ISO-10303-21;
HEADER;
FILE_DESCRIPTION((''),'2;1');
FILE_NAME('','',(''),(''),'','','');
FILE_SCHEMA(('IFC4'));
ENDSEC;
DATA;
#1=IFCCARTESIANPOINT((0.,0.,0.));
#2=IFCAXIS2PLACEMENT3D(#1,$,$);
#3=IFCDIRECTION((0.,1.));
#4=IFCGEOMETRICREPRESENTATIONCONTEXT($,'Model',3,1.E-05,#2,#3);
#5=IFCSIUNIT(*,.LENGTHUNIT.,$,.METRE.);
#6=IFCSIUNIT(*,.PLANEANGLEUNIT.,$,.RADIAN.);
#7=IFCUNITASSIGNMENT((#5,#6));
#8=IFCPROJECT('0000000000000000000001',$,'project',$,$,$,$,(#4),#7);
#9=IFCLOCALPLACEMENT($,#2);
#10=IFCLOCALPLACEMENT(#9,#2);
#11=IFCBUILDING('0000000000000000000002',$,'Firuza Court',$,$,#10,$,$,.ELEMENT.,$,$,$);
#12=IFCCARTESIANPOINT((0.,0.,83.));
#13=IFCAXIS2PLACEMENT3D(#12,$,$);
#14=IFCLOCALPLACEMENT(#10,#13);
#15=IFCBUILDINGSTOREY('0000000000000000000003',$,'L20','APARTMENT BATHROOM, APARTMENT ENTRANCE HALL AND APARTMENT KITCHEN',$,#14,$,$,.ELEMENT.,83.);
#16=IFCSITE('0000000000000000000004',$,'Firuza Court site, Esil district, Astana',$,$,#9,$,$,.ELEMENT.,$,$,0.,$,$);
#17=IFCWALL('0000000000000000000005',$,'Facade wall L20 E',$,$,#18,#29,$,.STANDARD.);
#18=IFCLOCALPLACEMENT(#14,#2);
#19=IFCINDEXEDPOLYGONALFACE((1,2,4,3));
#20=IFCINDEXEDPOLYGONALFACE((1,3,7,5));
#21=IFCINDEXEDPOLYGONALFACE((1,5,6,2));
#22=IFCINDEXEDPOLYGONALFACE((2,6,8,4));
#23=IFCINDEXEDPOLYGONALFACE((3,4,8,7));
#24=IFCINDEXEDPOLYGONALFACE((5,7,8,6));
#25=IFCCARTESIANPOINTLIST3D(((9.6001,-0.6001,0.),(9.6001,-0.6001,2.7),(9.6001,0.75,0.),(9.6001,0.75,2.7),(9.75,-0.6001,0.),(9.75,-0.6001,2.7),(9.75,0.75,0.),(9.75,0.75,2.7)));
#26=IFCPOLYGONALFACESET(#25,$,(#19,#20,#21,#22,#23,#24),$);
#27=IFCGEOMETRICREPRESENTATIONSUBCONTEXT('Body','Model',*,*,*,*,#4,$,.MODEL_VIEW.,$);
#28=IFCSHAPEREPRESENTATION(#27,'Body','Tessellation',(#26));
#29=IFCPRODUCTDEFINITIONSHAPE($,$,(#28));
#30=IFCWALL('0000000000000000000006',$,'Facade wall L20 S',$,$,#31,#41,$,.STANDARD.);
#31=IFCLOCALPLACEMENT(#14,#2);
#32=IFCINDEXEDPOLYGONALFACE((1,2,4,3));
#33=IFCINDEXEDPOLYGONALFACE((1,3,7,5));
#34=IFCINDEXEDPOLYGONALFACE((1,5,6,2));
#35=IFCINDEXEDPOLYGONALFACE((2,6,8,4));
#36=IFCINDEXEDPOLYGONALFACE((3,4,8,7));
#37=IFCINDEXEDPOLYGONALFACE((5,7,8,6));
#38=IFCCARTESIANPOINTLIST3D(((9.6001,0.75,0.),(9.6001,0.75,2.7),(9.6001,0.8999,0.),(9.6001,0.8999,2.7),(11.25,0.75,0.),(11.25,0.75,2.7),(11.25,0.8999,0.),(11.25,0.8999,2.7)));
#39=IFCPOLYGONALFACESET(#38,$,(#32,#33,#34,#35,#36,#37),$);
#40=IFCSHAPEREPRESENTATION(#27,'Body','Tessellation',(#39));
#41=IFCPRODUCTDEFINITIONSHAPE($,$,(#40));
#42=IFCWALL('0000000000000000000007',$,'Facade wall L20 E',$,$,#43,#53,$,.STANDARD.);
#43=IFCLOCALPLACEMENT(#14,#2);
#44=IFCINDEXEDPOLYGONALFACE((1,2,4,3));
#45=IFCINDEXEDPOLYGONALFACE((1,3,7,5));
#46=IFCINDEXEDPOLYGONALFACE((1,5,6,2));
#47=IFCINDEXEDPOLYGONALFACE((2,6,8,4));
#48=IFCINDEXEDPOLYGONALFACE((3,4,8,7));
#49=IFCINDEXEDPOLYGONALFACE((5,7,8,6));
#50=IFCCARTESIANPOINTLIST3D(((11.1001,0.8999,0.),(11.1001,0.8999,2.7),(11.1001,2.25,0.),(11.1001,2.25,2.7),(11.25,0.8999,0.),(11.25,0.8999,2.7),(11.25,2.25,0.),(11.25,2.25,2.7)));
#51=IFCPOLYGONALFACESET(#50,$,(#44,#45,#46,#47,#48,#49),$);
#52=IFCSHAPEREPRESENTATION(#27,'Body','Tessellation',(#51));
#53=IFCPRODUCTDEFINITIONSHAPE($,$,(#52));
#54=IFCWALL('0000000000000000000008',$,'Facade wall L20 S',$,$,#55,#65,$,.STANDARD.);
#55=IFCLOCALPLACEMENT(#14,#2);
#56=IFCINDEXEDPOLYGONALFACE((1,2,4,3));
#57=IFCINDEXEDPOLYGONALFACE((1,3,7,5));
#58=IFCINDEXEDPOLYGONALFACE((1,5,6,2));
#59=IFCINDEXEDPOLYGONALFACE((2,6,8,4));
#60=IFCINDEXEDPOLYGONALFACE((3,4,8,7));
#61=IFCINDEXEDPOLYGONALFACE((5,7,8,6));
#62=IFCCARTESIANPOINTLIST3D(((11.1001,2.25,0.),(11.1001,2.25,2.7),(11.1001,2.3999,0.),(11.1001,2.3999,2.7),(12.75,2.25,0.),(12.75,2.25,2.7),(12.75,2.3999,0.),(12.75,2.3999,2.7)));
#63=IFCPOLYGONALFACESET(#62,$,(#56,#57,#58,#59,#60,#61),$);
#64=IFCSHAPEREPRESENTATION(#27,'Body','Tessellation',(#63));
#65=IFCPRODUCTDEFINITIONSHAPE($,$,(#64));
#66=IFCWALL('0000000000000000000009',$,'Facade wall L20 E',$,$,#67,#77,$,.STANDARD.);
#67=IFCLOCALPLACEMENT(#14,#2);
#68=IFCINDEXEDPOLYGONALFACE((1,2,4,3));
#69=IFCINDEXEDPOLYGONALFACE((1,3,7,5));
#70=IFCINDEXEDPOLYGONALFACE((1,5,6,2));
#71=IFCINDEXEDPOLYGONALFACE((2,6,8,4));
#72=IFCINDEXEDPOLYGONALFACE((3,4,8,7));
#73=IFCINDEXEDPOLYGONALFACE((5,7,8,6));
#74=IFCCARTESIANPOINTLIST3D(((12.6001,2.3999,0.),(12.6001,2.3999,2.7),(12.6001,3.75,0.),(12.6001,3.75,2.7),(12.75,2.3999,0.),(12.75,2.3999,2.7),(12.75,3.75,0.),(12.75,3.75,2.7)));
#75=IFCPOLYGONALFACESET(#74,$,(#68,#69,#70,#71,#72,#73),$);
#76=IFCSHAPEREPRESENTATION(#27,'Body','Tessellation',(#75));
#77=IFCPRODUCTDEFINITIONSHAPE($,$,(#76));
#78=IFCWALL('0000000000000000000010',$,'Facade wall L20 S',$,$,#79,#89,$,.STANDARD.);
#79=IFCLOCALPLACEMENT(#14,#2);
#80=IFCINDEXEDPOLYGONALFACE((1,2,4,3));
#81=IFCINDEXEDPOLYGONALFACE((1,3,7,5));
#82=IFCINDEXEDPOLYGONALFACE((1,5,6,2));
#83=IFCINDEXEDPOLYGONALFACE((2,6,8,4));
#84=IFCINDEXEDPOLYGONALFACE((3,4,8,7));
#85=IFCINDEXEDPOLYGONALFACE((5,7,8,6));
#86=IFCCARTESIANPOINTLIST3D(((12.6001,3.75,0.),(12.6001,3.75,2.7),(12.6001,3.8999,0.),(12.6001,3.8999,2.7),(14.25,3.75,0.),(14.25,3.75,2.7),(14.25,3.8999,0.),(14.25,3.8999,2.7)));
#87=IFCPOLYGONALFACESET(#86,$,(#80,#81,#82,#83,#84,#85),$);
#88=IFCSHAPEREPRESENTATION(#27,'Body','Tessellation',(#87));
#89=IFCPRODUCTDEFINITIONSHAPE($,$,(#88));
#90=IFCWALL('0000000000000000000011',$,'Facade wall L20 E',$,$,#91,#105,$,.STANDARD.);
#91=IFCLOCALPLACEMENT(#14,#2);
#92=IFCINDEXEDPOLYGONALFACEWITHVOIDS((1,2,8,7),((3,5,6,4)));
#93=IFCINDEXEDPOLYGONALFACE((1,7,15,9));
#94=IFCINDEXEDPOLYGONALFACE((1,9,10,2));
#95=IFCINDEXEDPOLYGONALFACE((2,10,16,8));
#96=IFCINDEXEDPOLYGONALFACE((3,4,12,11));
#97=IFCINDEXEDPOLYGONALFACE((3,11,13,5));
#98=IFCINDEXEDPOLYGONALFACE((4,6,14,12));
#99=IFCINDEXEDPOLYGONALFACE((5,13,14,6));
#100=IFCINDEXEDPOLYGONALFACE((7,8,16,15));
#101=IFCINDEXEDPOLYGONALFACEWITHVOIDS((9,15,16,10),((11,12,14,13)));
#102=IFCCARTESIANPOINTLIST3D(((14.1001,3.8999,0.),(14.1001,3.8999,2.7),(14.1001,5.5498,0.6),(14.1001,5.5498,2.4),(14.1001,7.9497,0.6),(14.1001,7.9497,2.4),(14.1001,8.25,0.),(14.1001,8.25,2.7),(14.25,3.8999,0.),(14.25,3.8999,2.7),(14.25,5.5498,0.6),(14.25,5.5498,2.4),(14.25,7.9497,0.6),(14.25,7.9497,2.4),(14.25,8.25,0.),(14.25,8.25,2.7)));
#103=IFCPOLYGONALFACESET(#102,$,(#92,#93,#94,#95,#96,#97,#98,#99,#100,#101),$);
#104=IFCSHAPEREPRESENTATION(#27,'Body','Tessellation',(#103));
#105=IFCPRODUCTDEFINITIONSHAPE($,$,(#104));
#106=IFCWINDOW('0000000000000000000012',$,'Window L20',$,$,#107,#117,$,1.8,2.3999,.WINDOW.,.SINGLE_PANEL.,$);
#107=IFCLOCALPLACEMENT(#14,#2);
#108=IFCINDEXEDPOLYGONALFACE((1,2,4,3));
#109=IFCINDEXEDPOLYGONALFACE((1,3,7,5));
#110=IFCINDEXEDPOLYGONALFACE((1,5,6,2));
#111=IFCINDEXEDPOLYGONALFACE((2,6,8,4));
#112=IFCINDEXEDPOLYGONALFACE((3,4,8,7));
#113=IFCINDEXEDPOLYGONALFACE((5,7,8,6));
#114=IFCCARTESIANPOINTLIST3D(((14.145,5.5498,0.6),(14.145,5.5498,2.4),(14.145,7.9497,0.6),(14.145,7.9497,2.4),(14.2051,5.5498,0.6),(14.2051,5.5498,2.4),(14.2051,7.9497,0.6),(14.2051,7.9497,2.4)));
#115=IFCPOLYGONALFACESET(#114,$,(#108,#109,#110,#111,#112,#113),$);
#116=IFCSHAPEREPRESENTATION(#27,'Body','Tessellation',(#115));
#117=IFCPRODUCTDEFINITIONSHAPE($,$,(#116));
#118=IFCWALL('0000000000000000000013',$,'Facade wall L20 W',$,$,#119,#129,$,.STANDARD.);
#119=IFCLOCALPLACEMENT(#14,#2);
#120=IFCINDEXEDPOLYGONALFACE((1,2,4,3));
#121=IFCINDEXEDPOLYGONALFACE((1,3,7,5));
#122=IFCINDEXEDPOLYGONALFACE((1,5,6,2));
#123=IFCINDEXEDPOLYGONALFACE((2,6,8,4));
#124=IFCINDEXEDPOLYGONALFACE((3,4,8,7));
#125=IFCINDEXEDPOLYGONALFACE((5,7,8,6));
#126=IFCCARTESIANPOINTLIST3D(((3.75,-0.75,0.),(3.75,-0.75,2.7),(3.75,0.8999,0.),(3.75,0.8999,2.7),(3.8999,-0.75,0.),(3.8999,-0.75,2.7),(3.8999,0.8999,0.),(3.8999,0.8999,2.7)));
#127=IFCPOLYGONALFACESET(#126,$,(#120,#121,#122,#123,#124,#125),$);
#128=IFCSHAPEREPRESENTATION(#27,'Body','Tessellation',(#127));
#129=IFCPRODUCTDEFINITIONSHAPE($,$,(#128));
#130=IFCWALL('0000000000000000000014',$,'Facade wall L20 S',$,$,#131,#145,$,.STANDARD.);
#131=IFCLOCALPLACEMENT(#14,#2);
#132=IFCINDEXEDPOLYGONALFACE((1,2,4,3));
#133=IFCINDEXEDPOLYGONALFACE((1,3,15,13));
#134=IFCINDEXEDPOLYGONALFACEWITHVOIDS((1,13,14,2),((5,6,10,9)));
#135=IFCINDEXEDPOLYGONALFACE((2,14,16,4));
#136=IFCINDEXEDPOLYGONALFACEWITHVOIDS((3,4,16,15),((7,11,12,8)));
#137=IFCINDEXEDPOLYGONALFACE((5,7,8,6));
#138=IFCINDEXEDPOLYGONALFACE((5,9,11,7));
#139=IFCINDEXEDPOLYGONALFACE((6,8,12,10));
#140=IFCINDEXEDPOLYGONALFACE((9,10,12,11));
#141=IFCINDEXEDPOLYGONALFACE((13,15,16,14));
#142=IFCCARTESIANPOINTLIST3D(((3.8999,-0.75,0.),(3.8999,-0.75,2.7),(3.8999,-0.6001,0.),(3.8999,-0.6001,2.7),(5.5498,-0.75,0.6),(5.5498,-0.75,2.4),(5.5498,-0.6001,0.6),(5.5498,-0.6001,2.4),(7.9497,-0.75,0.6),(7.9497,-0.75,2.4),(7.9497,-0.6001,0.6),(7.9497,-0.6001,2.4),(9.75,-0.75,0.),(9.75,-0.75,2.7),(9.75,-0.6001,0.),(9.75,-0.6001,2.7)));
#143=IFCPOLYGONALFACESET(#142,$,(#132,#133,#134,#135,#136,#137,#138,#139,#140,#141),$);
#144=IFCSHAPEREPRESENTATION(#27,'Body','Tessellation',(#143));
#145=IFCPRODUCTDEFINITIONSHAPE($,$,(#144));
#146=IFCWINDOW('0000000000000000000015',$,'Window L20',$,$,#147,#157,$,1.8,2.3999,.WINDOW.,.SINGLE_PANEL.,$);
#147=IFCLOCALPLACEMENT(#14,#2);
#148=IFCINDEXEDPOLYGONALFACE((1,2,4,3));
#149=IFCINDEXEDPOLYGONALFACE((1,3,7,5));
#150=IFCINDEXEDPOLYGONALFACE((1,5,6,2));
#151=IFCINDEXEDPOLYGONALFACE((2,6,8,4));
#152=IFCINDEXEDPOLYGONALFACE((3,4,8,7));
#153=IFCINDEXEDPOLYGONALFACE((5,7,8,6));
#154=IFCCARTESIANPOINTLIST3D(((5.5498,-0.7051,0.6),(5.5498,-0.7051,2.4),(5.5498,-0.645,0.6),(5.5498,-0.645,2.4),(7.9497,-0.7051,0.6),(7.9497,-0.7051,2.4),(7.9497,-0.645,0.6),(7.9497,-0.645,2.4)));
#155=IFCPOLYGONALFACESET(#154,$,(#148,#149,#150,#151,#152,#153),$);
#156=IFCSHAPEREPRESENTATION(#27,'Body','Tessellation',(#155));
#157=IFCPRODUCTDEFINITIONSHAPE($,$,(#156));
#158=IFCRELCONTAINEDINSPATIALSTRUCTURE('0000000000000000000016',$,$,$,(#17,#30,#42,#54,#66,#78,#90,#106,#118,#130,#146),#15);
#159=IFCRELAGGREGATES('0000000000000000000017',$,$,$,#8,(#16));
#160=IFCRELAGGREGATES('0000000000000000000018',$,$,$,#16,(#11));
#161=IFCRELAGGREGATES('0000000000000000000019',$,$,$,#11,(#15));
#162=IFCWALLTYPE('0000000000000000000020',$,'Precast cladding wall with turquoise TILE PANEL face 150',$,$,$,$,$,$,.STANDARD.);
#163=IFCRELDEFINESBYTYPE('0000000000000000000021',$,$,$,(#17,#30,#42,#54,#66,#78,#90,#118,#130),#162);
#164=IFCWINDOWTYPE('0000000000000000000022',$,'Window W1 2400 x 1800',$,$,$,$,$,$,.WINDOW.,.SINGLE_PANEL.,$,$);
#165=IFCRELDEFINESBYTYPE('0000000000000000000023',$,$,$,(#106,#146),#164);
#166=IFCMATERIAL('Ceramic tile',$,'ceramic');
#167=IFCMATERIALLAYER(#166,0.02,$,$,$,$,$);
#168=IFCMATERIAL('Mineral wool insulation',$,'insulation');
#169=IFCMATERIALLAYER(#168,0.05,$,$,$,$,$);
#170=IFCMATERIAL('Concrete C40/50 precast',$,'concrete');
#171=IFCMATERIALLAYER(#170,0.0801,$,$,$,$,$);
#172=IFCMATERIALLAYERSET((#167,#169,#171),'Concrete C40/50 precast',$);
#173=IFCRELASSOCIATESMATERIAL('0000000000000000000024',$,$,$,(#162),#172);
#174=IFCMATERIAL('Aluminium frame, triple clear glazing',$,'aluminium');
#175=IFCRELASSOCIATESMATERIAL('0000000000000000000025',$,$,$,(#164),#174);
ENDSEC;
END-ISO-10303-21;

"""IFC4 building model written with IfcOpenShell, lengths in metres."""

from ifc_helpers import new_model, si_unit, direction, frame, frame_2d, origin, place, context, subcontext, project, spatial, rectangle, extrude, material, layer, layer_set, type_object, element, fill, save


model = new_model("IFC4")

# Units and contexts
model_context = context("Model", 3, precision=1e-05, world=origin(), true_north=direction((0.0, 1.0)))
body_context = subcontext(model_context, "Body", "Model", "MODEL_VIEW")
ifc_project = project(units=[si_unit("LENGTHUNIT", "METRE"), si_unit("PLANEANGLEUNIT", "RADIAN")], contexts=[model_context])

# Site, building, storey
site_placement = place(None, origin())
site = spatial("IfcSite", under=ifc_project, at=site_placement, Name="Firuza Court site, Esil district, Astana", CompositionType="ELEMENT", RefElevation=0.0)
building_placement = place(site_placement, origin())
building = spatial("IfcBuilding", under=site, at=building_placement, Name="Firuza Court", CompositionType="ELEMENT")
storey_placement = place(building_placement, frame((0.0, 0.0, 83.0)))
storey = spatial("IfcBuildingStorey", under=building, at=storey_placement, Name="L20", Description="APARTMENT BATHROOM, APARTMENT ENTRANCE HALL AND APARTMENT KITCHEN", CompositionType="ELEMENT", Elevation=83.0)

# Walls
ifc_material_1 = material(Name="Ceramic tile", Category="ceramic")
ifc_layer_1 = layer(ifc_material_1, 0.02)
ifc_material_2 = material(Name="Mineral wool insulation", Category="insulation")
ifc_layer_2 = layer(ifc_material_2, 0.05)
ifc_material_3 = material(Name="Concrete C40/50 precast", Category="concrete")
ifc_layer_3 = layer(ifc_material_3, 0.0801)
ifc_layer_set_1 = layer_set([ifc_layer_1, ifc_layer_2, ifc_layer_3], Name="Concrete C40/50 precast")
wall_type_1 = type_object("IfcWallType", Name="Precast cladding wall with turquoise TILE PANEL face 150", PredefinedType="STANDARD", material=ifc_layer_set_1)
wall_1_placement = place(storey_placement, frame((9.675, -0.6001, 0.0), z_axis=(0.0, 0.0, 1.0), x_axis=(0.0, 1.0, 0.0)))
element("IfcWall", 1, at=wall_1_placement, inside=storey, type_object=wall_type_1, Name="Facade wall L20 E", PredefinedType="STANDARD", context=body_context, shape_type="SweptSolid", body=[
    extrude(rectangle(XDim=1.3501, YDim=0.1499, at=frame_2d((0.675, 0.0))), origin(), (0.0, 0.0, 1.0), 2.7),
])
wall_2_placement = place(storey_placement, frame((9.6001, 0.825, 0.0), z_axis=(0.0, 0.0, 1.0), x_axis=(1.0, 0.0, 0.0)))
element("IfcWall", 2, at=wall_2_placement, inside=storey, type_object=wall_type_1, Name="Facade wall L20 S", PredefinedType="STANDARD", context=body_context, shape_type="SweptSolid", body=[
    extrude(rectangle(XDim=1.6499, YDim=0.1499, at=frame_2d((0.825, 0.0))), origin(), (0.0, 0.0, 1.0), 2.7),
])
wall_3_placement = place(storey_placement, frame((11.175, 0.8999, 0.0), z_axis=(0.0, 0.0, 1.0), x_axis=(0.0, 1.0, 0.0)))
element("IfcWall", 3, at=wall_3_placement, inside=storey, type_object=wall_type_1, Name="Facade wall L20 E", PredefinedType="STANDARD", context=body_context, shape_type="SweptSolid", body=[
    extrude(rectangle(XDim=1.3501, YDim=0.1499, at=frame_2d((0.675, 0.0))), origin(), (0.0, 0.0, 1.0), 2.7),
])
wall_4_placement = place(storey_placement, frame((11.1001, 2.325, 0.0), z_axis=(0.0, 0.0, 1.0), x_axis=(1.0, 0.0, 0.0)))
element("IfcWall", 4, at=wall_4_placement, inside=storey, type_object=wall_type_1, Name="Facade wall L20 S", PredefinedType="STANDARD", context=body_context, shape_type="SweptSolid", body=[
    extrude(rectangle(XDim=1.6499, YDim=0.1499, at=frame_2d((0.825, 0.0))), origin(), (0.0, 0.0, 1.0), 2.7),
])
wall_5_placement = place(storey_placement, frame((12.675, 2.3999, 0.0), z_axis=(0.0, 0.0, 1.0), x_axis=(0.0, 1.0, 0.0)))
element("IfcWall", 5, at=wall_5_placement, inside=storey, type_object=wall_type_1, Name="Facade wall L20 E", PredefinedType="STANDARD", context=body_context, shape_type="SweptSolid", body=[
    extrude(rectangle(XDim=1.3501, YDim=0.1499, at=frame_2d((0.675, 0.0))), origin(), (0.0, 0.0, 1.0), 2.7),
])
wall_6_placement = place(storey_placement, frame((12.6001, 3.825, 0.0), z_axis=(0.0, 0.0, 1.0), x_axis=(1.0, 0.0, 0.0)))
element("IfcWall", 6, at=wall_6_placement, inside=storey, type_object=wall_type_1, Name="Facade wall L20 S", PredefinedType="STANDARD", context=body_context, shape_type="SweptSolid", body=[
    extrude(rectangle(XDim=1.6499, YDim=0.1499, at=frame_2d((0.825, 0.0))), origin(), (0.0, 0.0, 1.0), 2.7),
])

# Wall, opening, window
wall_7_placement = place(storey_placement, frame((14.175, 3.8999, 0.0), z_axis=(0.0, 0.0, 1.0), x_axis=(0.0, 1.0, 0.0)))
wall_7 = element("IfcWall", 7, at=wall_7_placement, inside=storey, type_object=wall_type_1, Name="Facade wall L20 E", PredefinedType="STANDARD", context=body_context, shape_type="SweptSolid", body=[
    extrude(rectangle(XDim=4.3501, YDim=0.1499, at=frame_2d((2.175, 0.0))), origin(), (0.0, 0.0, 1.0), 2.7),
])
opening_1_placement = place(wall_7_placement, frame((1.6499, 0.0, 0.6001)))
opening_1 = element("IfcOpeningElement", 8, at=opening_1_placement, cuts=wall_7, PredefinedType="OPENING", context=body_context, shape_type="SweptSolid", body=[
    extrude(rectangle(XDim=2.3999, YDim=1.8, at=frame_2d((1.2, 0.8999))), frame((0.0, 0.0869, 0.0), z_axis=(0.0, -1.0, 0.0), x_axis=(1.0, 0.0, 0.0)), (0.0, 0.0, 1.0), 0.1738),
])
ifc_material_4 = material(Name="Aluminium frame, triple clear glazing", Category="aluminium")
window_type = type_object("IfcWindowType", Name="Window W1 2400 x 1800", PartitioningType="SINGLE_PANEL", PredefinedType="WINDOW", material=ifc_material_4)
window_1_placement = place(opening_1_placement, origin())
window_1 = element("IfcWindow", 9, at=window_1_placement, inside=storey, type_object=window_type, Name="Window L20", OverallHeight=1.8, OverallWidth=2.3999, PartitioningType="SINGLE_PANEL", PredefinedType="WINDOW", context=body_context, shape_type="SweptSolid", body=[
    extrude(rectangle(XDim=2.3999, YDim=1.8, at=frame_2d((1.2, 0.8999))), frame((0.0, 0.03, 0.0), z_axis=(0.0, -1.0, 0.0), x_axis=(1.0, 0.0, 0.0)), (0.0, 0.0, 1.0), 0.0601),
])
fill(opening_1, window_1)

# Wall
wall_8_placement = place(storey_placement, frame((3.825, 0.8999, 0.0), z_axis=(0.0, 0.0, 1.0), x_axis=(0.0, -1.0, 0.0)))
element("IfcWall", 10, at=wall_8_placement, inside=storey, type_object=wall_type_1, Name="Facade wall L20 W", PredefinedType="STANDARD", context=body_context, shape_type="SweptSolid", body=[
    extrude(rectangle(XDim=1.6499, YDim=0.1499, at=frame_2d((0.825, 0.0))), origin(), (0.0, 0.0, 1.0), 2.7),
])

# Wall, opening, window
wall_9_placement = place(storey_placement, frame((3.8999, -0.675, 0.0), z_axis=(0.0, 0.0, 1.0), x_axis=(1.0, 0.0, 0.0)))
wall_9 = element("IfcWall", 11, at=wall_9_placement, inside=storey, type_object=wall_type_1, Name="Facade wall L20 S", PredefinedType="STANDARD", context=body_context, shape_type="SweptSolid", body=[
    extrude(rectangle(XDim=5.8501, YDim=0.1499, at=frame_2d((2.925, 0.0))), origin(), (0.0, 0.0, 1.0), 2.7),
])
opening_2_placement = place(wall_9_placement, frame((1.6499, 0.0, 0.6001)))
opening_2 = element("IfcOpeningElement", 12, at=opening_2_placement, cuts=wall_9, PredefinedType="OPENING", context=body_context, shape_type="SweptSolid", body=[
    extrude(rectangle(XDim=2.3999, YDim=1.8, at=frame_2d((1.2, 0.8999))), frame((0.0, 0.0869, 0.0), z_axis=(0.0, -1.0, 0.0), x_axis=(1.0, 0.0, 0.0)), (0.0, 0.0, 1.0), 0.1738),
])
window_2_placement = place(opening_2_placement, origin())
window_2 = element("IfcWindow", 13, at=window_2_placement, inside=storey, type_object=window_type, Name="Window L20", OverallHeight=1.8, OverallWidth=2.3999, PartitioningType="SINGLE_PANEL", PredefinedType="WINDOW", context=body_context, shape_type="SweptSolid", body=[
    extrude(rectangle(XDim=2.3999, YDim=1.8, at=frame_2d((1.2, 0.8999))), frame((0.0, 0.03, 0.0), z_axis=(0.0, -1.0, 0.0), x_axis=(1.0, 0.0, 0.0)), (0.0, 0.0, 1.0), 0.0601),
])
fill(opening_2, window_2)

save(model, "model.ifc")
